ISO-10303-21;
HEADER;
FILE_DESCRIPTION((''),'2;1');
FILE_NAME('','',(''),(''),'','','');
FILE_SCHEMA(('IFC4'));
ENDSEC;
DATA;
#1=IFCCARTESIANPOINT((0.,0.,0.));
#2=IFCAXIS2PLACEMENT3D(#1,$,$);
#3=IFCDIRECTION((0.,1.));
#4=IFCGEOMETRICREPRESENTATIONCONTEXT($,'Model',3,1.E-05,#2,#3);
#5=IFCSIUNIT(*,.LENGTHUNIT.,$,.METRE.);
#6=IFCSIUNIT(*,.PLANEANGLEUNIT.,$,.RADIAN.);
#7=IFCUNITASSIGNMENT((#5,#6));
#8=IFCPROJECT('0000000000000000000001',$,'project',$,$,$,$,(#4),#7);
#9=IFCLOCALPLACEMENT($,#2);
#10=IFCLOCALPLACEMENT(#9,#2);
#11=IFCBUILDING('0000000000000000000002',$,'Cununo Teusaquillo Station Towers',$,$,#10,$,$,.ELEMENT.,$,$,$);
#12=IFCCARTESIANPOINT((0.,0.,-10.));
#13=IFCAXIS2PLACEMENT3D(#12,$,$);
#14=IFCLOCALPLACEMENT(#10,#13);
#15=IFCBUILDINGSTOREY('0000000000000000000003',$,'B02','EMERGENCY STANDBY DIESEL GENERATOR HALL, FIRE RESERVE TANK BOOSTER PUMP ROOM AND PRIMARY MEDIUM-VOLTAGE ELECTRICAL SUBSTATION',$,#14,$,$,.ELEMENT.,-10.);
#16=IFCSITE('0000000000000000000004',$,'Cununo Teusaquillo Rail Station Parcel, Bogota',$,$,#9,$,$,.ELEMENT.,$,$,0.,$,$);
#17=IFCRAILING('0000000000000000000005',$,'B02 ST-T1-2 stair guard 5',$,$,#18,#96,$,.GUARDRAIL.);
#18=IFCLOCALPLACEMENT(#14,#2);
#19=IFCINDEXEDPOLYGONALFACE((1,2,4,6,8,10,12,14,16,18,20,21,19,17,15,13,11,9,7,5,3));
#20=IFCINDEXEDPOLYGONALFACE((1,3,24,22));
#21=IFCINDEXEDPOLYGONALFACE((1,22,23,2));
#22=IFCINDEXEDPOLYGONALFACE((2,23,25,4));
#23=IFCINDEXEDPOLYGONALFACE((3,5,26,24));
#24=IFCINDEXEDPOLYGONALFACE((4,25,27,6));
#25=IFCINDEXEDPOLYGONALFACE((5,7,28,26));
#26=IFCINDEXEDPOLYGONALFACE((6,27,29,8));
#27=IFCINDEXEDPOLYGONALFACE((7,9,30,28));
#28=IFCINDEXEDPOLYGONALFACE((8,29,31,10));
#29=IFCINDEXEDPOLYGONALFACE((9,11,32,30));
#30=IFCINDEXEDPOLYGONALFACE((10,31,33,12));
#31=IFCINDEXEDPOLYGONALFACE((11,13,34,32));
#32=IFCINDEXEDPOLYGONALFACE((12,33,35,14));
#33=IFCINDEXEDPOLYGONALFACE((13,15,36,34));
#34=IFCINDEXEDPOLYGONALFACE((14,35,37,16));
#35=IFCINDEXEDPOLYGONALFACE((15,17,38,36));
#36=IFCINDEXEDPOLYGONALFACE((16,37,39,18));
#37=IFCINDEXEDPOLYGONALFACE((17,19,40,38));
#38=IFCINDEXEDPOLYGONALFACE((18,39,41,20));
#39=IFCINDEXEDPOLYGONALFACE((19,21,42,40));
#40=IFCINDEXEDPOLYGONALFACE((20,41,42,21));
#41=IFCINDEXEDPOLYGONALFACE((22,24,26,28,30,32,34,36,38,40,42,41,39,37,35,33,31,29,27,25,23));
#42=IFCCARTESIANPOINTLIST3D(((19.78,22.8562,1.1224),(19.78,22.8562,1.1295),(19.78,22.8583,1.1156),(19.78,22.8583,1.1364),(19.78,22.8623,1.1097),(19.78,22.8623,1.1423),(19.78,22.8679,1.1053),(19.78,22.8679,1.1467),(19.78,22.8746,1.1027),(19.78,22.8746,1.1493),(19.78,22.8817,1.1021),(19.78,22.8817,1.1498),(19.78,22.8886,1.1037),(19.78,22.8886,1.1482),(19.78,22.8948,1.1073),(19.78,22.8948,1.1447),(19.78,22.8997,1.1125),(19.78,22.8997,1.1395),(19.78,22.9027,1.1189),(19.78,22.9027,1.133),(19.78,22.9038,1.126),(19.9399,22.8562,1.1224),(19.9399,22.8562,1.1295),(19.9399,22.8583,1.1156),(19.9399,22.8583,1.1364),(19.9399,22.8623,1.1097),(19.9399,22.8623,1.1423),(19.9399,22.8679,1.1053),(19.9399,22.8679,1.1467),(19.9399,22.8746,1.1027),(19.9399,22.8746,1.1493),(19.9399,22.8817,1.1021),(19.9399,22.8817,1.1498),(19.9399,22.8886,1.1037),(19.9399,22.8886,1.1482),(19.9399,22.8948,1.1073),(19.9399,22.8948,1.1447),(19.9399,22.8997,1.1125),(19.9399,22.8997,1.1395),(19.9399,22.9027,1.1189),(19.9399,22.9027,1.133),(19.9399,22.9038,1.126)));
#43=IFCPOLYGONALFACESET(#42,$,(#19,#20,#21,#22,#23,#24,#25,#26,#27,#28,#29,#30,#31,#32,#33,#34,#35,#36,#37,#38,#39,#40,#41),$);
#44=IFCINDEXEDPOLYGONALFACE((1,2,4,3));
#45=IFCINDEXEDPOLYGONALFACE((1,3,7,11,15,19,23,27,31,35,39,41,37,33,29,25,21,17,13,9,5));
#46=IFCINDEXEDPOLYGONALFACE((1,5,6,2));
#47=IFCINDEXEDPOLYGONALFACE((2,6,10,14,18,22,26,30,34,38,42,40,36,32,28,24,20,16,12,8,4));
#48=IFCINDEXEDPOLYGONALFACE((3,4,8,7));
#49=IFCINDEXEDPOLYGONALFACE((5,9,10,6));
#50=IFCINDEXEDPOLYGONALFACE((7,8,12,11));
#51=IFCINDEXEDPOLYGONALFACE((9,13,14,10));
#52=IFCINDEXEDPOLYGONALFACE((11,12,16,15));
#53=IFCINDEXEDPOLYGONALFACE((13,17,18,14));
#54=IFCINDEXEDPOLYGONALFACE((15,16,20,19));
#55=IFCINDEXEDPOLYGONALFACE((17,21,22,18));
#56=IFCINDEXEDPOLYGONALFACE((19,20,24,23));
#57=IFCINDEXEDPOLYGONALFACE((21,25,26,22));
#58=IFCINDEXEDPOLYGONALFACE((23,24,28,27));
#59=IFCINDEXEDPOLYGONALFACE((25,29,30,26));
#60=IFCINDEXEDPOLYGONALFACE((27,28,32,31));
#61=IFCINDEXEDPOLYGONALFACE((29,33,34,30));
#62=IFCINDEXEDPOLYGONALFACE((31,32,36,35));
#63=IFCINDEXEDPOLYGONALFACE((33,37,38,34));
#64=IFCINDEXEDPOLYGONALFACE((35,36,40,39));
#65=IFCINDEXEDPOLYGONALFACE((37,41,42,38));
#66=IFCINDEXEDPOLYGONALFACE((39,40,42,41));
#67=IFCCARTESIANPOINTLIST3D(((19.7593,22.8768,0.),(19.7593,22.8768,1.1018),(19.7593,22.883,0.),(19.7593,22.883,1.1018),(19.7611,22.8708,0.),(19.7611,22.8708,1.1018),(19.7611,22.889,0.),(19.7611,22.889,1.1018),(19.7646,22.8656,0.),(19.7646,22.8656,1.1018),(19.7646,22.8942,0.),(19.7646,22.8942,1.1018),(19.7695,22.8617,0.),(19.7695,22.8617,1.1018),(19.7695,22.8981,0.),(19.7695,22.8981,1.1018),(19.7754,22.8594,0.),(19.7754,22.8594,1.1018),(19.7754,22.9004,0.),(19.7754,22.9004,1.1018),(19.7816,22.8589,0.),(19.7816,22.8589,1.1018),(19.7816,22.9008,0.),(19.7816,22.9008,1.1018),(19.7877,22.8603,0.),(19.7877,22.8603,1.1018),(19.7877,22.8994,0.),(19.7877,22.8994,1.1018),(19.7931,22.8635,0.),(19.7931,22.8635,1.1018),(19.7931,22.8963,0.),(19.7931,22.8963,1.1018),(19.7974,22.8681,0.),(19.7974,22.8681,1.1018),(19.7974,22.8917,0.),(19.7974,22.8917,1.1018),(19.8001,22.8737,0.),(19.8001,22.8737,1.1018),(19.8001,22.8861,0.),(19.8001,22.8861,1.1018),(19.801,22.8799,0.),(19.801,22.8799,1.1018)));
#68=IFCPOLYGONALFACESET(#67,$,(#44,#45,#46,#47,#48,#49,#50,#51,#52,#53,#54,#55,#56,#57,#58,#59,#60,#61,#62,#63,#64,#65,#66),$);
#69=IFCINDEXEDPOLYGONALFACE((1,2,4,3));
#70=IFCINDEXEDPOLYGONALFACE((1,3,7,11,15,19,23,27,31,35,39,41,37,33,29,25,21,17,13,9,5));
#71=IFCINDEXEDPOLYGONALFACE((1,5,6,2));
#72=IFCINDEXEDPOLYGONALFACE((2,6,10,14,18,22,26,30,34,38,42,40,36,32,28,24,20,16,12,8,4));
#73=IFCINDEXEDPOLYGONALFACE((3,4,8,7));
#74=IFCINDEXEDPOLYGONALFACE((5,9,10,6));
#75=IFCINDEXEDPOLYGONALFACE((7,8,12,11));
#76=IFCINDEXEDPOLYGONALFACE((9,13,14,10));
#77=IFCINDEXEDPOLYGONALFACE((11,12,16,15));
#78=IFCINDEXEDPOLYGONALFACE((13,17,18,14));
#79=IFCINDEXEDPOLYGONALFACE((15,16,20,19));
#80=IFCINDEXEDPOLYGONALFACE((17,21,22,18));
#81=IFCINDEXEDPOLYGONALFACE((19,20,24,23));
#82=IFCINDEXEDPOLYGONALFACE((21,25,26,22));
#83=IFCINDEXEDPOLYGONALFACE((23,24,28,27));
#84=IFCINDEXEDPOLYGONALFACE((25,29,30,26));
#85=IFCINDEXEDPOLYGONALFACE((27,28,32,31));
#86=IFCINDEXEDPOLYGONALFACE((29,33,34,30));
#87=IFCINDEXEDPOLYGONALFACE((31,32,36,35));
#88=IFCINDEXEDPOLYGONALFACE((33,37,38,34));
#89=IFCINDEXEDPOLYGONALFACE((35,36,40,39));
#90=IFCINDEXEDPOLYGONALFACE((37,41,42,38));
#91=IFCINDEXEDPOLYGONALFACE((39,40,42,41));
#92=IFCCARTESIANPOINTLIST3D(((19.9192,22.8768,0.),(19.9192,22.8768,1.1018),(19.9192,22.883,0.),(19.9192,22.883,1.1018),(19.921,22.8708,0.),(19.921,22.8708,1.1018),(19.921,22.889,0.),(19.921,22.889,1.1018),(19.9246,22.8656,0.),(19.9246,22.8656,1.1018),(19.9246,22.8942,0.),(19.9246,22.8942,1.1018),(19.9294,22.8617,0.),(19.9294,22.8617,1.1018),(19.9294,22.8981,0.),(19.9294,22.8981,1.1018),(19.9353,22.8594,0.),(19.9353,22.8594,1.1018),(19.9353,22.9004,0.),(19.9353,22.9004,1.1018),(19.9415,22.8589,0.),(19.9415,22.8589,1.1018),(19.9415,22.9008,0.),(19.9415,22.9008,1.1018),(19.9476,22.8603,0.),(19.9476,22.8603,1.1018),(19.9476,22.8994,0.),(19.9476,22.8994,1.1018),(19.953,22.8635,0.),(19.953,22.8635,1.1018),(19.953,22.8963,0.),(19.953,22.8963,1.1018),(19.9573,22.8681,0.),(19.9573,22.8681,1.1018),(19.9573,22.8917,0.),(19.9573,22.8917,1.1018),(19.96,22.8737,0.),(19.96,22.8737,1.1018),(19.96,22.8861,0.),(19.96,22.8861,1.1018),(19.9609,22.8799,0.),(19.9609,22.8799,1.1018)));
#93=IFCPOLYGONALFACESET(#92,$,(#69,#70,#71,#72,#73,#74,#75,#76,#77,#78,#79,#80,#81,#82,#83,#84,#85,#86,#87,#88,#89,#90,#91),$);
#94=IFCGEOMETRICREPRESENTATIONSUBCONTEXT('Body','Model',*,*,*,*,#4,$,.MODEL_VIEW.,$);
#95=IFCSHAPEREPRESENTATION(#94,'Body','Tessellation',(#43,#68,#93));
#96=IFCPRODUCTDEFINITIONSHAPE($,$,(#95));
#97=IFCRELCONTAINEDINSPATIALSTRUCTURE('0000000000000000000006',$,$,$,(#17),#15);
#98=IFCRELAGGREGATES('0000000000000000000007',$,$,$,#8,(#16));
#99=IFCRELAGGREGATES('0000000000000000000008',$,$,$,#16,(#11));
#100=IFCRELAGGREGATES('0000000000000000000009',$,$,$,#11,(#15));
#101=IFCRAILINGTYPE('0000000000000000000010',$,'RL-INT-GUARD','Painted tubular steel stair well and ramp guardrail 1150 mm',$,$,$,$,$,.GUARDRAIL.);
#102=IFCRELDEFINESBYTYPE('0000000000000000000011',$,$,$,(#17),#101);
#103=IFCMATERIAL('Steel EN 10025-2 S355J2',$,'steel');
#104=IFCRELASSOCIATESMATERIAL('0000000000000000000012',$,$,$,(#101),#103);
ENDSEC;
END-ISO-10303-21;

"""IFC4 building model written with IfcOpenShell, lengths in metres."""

from ifc_helpers import new_model, si_unit, direction, frame, origin, origin_2d, place, context, subcontext, project, spatial, circle, extrude, material, type_object, element, save


model = new_model("IFC4")

# Units and contexts
model_context = context("Model", 3, precision=1e-05, world=origin(), true_north=direction((0.0, 1.0)))
body_context = subcontext(model_context, "Body", "Model", "MODEL_VIEW")
ifc_project = project(units=[si_unit("LENGTHUNIT", "METRE"), si_unit("PLANEANGLEUNIT", "RADIAN")], contexts=[model_context])

# Site, building, storey
site_placement = place(None, origin())
site = spatial("IfcSite", under=ifc_project, at=site_placement, Name="Cununo Teusaquillo Rail Station Parcel, Bogota", CompositionType="ELEMENT", RefElevation=0.0)
building_placement = place(site_placement, origin())
building = spatial("IfcBuilding", under=site, at=building_placement, Name="Cununo Teusaquillo Station Towers", CompositionType="ELEMENT")
storey_placement = place(building_placement, frame((0.0, 0.0, -10.0)))
storey = spatial("IfcBuildingStorey", under=building, at=storey_placement, Name="B02", Description="EMERGENCY STANDBY DIESEL GENERATOR HALL, FIRE RESERVE TANK BOOSTER PUMP ROOM AND PRIMARY MEDIUM-VOLTAGE ELECTRICAL SUBSTATION", CompositionType="ELEMENT", Elevation=-10.0)

# Railing
ifc_material_1 = material(Name="Steel EN 10025-2 S355J2", Category="steel")
railing_type_1 = type_object("IfcRailingType", Name="RL-INT-GUARD", Description="Painted tubular steel stair well and ramp guardrail 1150 mm", PredefinedType="GUARDRAIL", material=ifc_material_1)
railing_1_placement = place(storey_placement, frame((19.78, 22.8799, 0.0)))
element("IfcRailing", 1, at=railing_1_placement, inside=storey, type_object=railing_type_1, Name="B02 ST-T1-2 stair guard 5", PredefinedType="GUARDRAIL", context=body_context, shape_type="SweptSolid", body=[
    extrude(circle(Radius=0.0239, at=origin_2d()), frame((0.0, 0.0, 1.126), z_axis=(1.0, 0.0, 0.0), x_axis=(0.0, 1.0, 0.0)), (0.0, 0.0, 1.0), 0.1599),
    extrude(circle(Radius=0.021, at=origin_2d()), origin(), (0.0, 0.0, 1.0), 1.1018),
    extrude(circle(Radius=0.021, at=origin_2d()), frame((0.1599, 0.0, 0.0)), (0.0, 0.0, 1.0), 1.1018),
])

save(model, "model.ifc")
